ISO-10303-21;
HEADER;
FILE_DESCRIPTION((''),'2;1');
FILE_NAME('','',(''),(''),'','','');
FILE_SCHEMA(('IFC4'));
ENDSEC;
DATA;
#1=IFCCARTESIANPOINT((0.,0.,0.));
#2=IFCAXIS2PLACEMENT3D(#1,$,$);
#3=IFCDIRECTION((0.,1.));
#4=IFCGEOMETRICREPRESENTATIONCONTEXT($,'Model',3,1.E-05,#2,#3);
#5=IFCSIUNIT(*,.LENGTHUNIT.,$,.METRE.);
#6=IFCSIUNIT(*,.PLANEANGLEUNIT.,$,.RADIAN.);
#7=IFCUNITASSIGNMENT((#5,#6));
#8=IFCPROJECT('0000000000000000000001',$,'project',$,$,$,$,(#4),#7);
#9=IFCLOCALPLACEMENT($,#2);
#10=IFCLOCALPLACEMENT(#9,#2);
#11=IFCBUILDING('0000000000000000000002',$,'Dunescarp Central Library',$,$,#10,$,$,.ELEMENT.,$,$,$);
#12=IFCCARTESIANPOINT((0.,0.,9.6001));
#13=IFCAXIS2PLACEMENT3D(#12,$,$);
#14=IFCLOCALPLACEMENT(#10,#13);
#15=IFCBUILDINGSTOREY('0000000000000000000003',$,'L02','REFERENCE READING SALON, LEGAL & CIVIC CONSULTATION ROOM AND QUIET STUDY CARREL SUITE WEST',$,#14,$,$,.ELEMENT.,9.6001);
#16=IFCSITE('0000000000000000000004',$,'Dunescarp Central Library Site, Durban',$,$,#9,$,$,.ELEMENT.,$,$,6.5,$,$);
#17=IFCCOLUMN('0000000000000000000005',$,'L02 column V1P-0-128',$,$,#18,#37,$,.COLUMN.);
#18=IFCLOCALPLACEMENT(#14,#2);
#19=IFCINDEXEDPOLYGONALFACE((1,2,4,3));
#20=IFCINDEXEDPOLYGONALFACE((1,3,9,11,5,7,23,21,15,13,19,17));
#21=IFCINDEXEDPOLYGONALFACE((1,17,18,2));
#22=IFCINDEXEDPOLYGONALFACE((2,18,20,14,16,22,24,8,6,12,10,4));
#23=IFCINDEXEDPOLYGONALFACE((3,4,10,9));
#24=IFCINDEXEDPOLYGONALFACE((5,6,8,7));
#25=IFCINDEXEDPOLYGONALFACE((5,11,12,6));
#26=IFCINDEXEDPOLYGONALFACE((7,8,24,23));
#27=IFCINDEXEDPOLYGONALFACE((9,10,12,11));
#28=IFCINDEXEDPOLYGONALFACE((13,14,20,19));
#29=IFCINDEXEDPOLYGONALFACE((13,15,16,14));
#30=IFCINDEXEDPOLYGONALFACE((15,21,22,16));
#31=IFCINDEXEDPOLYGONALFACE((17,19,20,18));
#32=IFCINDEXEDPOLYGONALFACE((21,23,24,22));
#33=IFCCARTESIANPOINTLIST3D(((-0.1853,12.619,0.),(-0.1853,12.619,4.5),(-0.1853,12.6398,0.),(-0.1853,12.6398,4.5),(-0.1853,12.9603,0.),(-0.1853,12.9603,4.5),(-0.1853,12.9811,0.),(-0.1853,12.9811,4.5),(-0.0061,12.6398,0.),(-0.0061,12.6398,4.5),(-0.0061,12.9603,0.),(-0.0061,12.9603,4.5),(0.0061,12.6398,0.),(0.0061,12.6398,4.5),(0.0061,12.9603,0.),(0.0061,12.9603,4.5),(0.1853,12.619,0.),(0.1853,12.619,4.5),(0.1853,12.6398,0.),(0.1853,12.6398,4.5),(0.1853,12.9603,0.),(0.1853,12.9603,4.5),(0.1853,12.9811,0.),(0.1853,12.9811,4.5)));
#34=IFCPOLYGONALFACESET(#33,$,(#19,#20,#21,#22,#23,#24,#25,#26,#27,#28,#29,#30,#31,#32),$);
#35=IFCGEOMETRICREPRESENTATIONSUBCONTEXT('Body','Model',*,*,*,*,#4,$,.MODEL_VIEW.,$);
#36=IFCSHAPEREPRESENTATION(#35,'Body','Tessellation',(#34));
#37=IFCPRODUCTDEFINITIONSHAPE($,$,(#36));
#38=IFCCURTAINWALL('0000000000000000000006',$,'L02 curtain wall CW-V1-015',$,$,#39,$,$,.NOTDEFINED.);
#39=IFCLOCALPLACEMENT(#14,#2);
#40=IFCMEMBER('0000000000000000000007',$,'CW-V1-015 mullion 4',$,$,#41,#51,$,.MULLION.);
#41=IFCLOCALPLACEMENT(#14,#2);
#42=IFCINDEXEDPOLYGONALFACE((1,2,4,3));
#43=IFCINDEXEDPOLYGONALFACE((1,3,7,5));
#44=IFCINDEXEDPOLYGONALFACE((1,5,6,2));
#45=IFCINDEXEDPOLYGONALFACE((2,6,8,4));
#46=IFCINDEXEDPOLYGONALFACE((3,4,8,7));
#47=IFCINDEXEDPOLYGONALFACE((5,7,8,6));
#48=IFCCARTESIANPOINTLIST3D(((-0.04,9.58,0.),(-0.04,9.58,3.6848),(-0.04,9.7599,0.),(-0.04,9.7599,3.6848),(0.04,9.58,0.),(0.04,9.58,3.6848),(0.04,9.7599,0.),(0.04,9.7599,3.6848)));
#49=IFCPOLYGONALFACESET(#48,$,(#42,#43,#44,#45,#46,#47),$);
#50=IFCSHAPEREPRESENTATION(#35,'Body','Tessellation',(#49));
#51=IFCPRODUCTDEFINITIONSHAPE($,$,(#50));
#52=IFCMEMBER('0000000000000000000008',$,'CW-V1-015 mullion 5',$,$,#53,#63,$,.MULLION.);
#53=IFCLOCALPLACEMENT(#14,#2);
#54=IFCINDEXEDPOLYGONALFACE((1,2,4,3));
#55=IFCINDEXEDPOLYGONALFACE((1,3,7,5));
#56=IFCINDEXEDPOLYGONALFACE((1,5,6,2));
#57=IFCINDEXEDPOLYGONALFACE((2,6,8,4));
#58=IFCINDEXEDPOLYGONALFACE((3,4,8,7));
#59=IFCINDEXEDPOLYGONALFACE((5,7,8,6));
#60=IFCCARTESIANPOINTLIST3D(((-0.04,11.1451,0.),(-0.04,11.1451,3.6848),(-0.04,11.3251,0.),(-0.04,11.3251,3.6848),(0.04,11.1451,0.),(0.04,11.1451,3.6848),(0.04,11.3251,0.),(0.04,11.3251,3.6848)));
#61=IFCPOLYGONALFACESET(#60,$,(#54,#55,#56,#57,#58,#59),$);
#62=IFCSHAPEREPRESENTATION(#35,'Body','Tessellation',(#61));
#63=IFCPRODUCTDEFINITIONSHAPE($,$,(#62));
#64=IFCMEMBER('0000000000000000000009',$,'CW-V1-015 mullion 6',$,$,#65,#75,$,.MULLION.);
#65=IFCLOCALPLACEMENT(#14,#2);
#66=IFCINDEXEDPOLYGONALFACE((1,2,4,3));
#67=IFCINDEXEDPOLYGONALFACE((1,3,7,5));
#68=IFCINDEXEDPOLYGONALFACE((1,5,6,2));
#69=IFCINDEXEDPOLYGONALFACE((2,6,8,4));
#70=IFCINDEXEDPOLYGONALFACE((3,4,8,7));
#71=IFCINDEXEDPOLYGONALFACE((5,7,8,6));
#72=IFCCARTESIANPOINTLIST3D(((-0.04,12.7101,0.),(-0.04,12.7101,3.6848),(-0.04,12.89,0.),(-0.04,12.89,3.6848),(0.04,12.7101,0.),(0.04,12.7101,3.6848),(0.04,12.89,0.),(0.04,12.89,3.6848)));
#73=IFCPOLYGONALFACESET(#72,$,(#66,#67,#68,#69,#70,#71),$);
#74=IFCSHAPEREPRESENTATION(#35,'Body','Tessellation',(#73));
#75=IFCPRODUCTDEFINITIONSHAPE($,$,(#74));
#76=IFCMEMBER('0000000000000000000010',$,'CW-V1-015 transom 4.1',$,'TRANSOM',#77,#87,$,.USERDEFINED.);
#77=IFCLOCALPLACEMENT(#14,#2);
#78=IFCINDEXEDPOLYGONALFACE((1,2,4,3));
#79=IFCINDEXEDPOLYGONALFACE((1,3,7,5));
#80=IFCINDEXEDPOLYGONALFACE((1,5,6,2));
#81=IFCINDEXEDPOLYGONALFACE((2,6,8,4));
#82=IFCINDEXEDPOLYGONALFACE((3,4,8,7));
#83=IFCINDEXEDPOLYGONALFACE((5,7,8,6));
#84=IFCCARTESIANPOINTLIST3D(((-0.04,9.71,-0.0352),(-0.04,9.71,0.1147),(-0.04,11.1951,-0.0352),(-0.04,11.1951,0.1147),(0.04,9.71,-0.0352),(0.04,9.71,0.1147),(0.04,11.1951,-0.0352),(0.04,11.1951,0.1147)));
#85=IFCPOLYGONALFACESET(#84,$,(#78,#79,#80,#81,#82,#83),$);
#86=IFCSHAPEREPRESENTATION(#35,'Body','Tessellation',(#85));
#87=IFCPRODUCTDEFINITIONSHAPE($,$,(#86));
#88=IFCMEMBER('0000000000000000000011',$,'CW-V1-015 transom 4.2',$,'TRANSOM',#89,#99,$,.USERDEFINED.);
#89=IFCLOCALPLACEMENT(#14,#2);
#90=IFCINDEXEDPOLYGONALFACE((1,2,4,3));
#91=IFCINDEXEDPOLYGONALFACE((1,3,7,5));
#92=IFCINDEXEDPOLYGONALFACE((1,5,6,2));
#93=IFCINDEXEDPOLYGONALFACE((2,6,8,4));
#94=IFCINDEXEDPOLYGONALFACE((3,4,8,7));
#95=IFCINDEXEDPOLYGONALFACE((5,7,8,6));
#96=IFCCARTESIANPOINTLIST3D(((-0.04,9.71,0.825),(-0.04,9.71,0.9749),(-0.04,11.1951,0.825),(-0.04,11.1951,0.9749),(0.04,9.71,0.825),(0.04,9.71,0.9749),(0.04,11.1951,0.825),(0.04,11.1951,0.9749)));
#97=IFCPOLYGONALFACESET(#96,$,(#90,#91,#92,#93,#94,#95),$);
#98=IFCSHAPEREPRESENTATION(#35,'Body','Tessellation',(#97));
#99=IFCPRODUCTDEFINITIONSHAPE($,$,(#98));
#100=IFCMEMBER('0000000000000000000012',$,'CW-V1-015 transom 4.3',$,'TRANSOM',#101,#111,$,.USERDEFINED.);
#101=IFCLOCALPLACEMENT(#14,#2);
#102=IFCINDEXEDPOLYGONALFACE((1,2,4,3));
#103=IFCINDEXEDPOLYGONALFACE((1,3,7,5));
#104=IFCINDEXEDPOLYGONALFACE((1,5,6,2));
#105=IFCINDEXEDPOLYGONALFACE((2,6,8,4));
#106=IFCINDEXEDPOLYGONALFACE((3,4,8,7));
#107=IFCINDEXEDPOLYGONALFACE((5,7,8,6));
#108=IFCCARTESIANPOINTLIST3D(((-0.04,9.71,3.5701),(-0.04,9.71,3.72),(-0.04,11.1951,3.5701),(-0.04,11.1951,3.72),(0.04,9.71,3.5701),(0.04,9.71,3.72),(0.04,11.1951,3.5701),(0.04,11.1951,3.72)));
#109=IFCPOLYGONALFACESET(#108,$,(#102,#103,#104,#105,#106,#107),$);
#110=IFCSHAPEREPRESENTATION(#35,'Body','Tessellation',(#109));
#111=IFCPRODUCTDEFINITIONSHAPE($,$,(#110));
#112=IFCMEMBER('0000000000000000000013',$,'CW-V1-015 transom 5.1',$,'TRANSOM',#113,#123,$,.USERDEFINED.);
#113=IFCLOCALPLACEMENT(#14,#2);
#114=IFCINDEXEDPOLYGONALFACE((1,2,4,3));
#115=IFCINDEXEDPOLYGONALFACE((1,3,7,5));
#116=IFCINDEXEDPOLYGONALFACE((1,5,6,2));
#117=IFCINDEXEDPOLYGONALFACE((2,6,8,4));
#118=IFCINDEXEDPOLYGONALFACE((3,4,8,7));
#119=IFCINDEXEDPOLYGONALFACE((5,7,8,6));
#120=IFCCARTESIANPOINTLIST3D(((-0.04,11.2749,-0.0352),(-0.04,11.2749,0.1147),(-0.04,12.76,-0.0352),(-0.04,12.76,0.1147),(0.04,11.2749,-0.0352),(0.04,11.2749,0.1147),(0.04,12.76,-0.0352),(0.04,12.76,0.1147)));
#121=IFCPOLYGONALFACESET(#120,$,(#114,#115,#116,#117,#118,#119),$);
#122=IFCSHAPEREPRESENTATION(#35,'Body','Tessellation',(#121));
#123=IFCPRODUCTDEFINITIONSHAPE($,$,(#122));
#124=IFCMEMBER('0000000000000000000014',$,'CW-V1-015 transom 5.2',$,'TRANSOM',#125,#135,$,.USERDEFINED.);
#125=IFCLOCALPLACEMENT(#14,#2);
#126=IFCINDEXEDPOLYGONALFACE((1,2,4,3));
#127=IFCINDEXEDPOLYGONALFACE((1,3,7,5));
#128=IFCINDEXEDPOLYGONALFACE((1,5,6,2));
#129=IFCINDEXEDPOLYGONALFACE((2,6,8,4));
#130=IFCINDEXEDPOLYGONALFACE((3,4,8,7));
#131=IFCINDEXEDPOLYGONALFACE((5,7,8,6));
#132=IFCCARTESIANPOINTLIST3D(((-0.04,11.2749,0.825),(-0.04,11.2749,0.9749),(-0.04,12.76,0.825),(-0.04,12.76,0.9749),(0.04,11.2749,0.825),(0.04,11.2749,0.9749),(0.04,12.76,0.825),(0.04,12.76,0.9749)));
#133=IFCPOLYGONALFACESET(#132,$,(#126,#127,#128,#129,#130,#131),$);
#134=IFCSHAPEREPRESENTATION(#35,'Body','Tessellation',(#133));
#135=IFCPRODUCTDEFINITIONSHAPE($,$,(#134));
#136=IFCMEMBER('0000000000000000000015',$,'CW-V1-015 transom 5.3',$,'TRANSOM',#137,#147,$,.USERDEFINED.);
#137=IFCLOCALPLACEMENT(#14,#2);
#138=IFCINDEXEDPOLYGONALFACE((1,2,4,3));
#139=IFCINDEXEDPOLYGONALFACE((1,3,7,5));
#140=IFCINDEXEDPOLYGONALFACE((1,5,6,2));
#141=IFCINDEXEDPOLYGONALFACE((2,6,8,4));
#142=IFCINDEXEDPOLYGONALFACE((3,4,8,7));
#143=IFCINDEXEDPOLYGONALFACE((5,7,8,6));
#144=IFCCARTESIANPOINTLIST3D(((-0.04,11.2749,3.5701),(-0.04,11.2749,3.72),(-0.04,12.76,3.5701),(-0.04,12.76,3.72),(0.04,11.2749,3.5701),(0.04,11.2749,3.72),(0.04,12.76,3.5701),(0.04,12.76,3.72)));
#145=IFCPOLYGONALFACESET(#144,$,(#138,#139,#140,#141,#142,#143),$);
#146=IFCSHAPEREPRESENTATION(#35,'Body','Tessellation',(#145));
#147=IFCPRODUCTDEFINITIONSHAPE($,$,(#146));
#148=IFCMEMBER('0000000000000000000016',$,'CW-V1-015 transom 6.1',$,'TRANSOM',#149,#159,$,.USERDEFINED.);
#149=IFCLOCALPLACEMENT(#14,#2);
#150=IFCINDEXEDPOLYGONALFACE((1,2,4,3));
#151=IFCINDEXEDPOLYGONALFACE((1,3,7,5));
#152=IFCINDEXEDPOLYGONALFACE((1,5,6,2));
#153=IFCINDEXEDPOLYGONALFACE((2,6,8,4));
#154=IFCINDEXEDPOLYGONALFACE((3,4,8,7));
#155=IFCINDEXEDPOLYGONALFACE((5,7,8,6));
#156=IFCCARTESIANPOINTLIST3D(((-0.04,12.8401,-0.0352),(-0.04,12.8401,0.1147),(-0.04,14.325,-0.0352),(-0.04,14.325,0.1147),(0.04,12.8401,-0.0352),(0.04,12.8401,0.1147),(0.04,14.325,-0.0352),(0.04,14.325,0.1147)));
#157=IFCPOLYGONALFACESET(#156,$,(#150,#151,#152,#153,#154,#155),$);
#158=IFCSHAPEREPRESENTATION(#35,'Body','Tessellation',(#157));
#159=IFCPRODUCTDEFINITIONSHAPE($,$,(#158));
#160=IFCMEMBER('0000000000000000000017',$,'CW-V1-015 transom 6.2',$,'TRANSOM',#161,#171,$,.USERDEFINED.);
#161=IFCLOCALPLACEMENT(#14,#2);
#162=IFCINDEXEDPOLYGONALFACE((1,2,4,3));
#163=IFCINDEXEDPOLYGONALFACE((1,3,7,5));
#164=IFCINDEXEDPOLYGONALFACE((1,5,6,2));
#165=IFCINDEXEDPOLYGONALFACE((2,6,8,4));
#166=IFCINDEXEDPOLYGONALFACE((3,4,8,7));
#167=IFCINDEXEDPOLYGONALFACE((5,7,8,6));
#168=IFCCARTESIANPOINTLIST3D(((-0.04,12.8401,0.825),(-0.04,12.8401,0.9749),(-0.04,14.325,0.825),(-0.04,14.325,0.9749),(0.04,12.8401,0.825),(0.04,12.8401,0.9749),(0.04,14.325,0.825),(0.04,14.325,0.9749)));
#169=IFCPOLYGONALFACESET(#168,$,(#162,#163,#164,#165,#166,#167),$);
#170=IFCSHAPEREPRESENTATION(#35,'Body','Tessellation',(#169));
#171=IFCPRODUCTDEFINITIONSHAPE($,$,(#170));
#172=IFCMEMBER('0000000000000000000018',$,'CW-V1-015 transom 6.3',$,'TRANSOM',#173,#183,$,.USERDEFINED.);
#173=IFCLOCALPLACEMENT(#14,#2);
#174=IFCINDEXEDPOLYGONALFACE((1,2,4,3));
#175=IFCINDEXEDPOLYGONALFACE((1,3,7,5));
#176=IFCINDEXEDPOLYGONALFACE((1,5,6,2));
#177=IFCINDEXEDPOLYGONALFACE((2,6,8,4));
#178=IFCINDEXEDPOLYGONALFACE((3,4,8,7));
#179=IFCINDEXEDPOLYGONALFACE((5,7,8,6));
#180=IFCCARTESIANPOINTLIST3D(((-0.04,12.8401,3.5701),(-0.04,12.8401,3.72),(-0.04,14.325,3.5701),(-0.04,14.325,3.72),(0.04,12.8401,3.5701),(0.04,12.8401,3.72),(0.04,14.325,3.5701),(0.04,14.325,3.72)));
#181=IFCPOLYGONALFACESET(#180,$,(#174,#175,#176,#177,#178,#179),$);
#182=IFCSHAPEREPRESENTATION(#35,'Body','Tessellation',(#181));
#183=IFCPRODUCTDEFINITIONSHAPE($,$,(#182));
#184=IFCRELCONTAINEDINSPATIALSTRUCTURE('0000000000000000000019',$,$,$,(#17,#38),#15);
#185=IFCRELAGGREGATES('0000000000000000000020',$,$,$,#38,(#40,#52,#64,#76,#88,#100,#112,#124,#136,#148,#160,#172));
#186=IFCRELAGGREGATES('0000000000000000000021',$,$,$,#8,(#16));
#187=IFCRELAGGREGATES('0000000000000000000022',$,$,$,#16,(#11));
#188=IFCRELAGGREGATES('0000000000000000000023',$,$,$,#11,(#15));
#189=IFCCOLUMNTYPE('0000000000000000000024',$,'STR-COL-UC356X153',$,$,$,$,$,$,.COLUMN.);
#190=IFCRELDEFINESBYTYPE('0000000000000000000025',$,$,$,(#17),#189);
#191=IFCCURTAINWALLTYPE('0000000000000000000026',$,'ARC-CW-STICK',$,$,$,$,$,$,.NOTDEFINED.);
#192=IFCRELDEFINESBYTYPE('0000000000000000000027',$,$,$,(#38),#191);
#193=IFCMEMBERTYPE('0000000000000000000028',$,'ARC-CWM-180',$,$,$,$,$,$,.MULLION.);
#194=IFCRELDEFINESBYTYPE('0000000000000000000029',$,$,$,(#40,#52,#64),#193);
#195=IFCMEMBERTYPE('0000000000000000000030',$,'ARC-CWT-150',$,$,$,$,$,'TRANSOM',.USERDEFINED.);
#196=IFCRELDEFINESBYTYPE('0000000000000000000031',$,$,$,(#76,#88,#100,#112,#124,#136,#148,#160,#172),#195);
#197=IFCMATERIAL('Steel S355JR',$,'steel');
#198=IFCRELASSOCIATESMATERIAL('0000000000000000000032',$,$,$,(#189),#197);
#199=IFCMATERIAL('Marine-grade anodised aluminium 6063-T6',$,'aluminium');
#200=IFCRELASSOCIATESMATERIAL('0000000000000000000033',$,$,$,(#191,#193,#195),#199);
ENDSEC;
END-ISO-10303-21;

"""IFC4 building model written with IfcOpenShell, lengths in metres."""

from ifc_helpers import new_model, si_unit, direction, frame, origin, origin_2d, place, context, subcontext, project, spatial, rectangle, i_section, extrude, material, material_profile, profile_set, type_object, element, aggregate, save


model = new_model("IFC4")

# Units and contexts
model_context = context("Model", 3, precision=1e-05, world=origin(), true_north=direction((0.0, 1.0)))
body_context = subcontext(model_context, "Body", "Model", "MODEL_VIEW")
ifc_project = project(units=[si_unit("LENGTHUNIT", "METRE"), si_unit("PLANEANGLEUNIT", "RADIAN")], contexts=[model_context])

# Site, building, storey
site_placement = place(None, origin())
site = spatial("IfcSite", under=ifc_project, at=site_placement, Name="Dunescarp Central Library Site, Durban", CompositionType="ELEMENT", RefElevation=6.5)
building_placement = place(site_placement, origin())
building = spatial("IfcBuilding", under=site, at=building_placement, Name="Dunescarp Central Library", CompositionType="ELEMENT")
storey_placement = place(building_placement, frame((0.0, 0.0, 9.6001)))
storey = spatial("IfcBuildingStorey", under=building, at=storey_placement, Name="L02", Description="REFERENCE READING SALON, LEGAL & CIVIC CONSULTATION ROOM AND QUIET STUDY CARREL SUITE WEST", CompositionType="ELEMENT", Elevation=9.6001)

# Column
ifc_material_1 = material(Name="Steel S355JR", Category="steel")
ifc_material_profile_1 = material_profile(ifc_material_1, i_section(OverallWidth=0.3706, OverallDepth=0.3621, WebThickness=0.0122, FlangeThickness=0.0208, at=origin_2d()), Name="UC 356x368x153")
ifc_profile_set_1 = profile_set([ifc_material_profile_1], Name="Steel S355JR")
column_type = type_object("IfcColumnType", Name="STR-COL-UC356X153", PredefinedType="COLUMN", material=ifc_profile_set_1)
column_placement = place(storey_placement, frame((0.0, 12.8, 0.0), z_axis=(0.0, 0.0, 1.0), x_axis=(1.0, 0.0, 0.0)))
element("IfcColumn", 1, at=column_placement, inside=storey, type_object=column_type, Name="L02 column V1P-0-128", PredefinedType="COLUMN", context=body_context, shape_type="SweptSolid", body=[
    extrude(i_section(OverallWidth=0.3706, OverallDepth=0.3621, WebThickness=0.0122, FlangeThickness=0.0208, at=origin_2d()), origin(), (0.0, 0.0, 1.0), 4.5),
])

# Curtain wall, members
ifc_material_2 = material(Name="Marine-grade anodised aluminium 6063-T6", Category="aluminium")
curtain_wall_type = type_object("IfcCurtainWallType", Name="ARC-CW-STICK", PredefinedType="NOTDEFINED", material=ifc_material_2)
curtain_wall_placement = place(storey_placement, origin())
curtain_wall = element("IfcCurtainWall", 2, at=curtain_wall_placement, inside=storey, type_object=curtain_wall_type, Name="L02 curtain wall CW-V1-015", PredefinedType="NOTDEFINED")
ifc_material_profile_2 = material_profile(ifc_material_2, rectangle(XDim=0.0801, YDim=0.1799, at=origin_2d()), Name="AL 80x180")
ifc_profile_set_2 = profile_set([ifc_material_profile_2], Name="Marine-grade anodised aluminium 6063-T6")
member_type_1 = type_object("IfcMemberType", Name="ARC-CWM-180", PredefinedType="MULLION", material=ifc_profile_set_2)
member_1_placement = place(storey_placement, frame((0.0, 9.6699, 0.0), z_axis=(0.0, 0.0, 1.0), x_axis=(-1.0, 0.0, 0.0)))
member_1 = element("IfcMember", 3, at=member_1_placement, type_object=member_type_1, Name="CW-V1-015 mullion 4", PredefinedType="MULLION", context=body_context, shape_type="SweptSolid", body=[
    extrude(rectangle(XDim=0.0801, YDim=0.1799, at=origin_2d()), origin(), (0.0, 0.0, 1.0), 3.6848),
])
member_2_placement = place(storey_placement, frame((0.0, 11.2351, 0.0), z_axis=(0.0, 0.0, 1.0), x_axis=(-1.0, 0.0, 0.0)))
member_2 = element("IfcMember", 4, at=member_2_placement, type_object=member_type_1, Name="CW-V1-015 mullion 5", PredefinedType="MULLION", context=body_context, shape_type="SweptSolid", body=[
    extrude(rectangle(XDim=0.0801, YDim=0.1799, at=origin_2d()), origin(), (0.0, 0.0, 1.0), 3.6848),
])
member_3_placement = place(storey_placement, frame((0.0, 12.8, 0.0), z_axis=(0.0, 0.0, 1.0), x_axis=(-1.0, 0.0, 0.0)))
member_3 = element("IfcMember", 5, at=member_3_placement, type_object=member_type_1, Name="CW-V1-015 mullion 6", PredefinedType="MULLION", context=body_context, shape_type="SweptSolid", body=[
    extrude(rectangle(XDim=0.0801, YDim=0.1799, at=origin_2d()), origin(), (0.0, 0.0, 1.0), 3.6848),
])
ifc_material_profile_3 = material_profile(ifc_material_2, rectangle(XDim=0.0801, YDim=0.1499, at=origin_2d()), Name="AL 80x150")
ifc_profile_set_3 = profile_set([ifc_material_profile_3], Name="Marine-grade anodised aluminium 6063-T6")
member_type_2 = type_object("IfcMemberType", Name="ARC-CWT-150", ElementType="TRANSOM", PredefinedType="USERDEFINED", material=ifc_profile_set_3)
member_4_placement = place(storey_placement, frame((0.0, 9.71, 0.0398), z_axis=(0.0, 1.0, 0.0), x_axis=(-1.0, 0.0, 0.0)))
member_4 = element("IfcMember", 6, at=member_4_placement, type_object=member_type_2, Name="CW-V1-015 transom 4.1", ObjectType="TRANSOM", PredefinedType="USERDEFINED", context=body_context, shape_type="SweptSolid", body=[
    extrude(rectangle(XDim=0.0801, YDim=0.1499, at=origin_2d()), origin(), (0.0, 0.0, 1.0), 1.4851),
])
member_5_placement = place(storey_placement, frame((0.0, 9.71, 0.8999), z_axis=(0.0, 1.0, 0.0), x_axis=(-1.0, 0.0, 0.0)))
member_5 = element("IfcMember", 7, at=member_5_placement, type_object=member_type_2, Name="CW-V1-015 transom 4.2", ObjectType="TRANSOM", PredefinedType="USERDEFINED", context=body_context, shape_type="SweptSolid", body=[
    extrude(rectangle(XDim=0.0801, YDim=0.1499, at=origin_2d()), origin(), (0.0, 0.0, 1.0), 1.4851),
])
member_6_placement = place(storey_placement, frame((0.0, 9.71, 3.645), z_axis=(0.0, 1.0, 0.0), x_axis=(-1.0, 0.0, 0.0)))
member_6 = element("IfcMember", 8, at=member_6_placement, type_object=member_type_2, Name="CW-V1-015 transom 4.3", ObjectType="TRANSOM", PredefinedType="USERDEFINED", context=body_context, shape_type="SweptSolid", body=[
    extrude(rectangle(XDim=0.0801, YDim=0.1499, at=origin_2d()), origin(), (0.0, 0.0, 1.0), 1.4851),
])
member_7_placement = place(storey_placement, frame((0.0, 11.2749, 0.0398), z_axis=(0.0, 1.0, 0.0), x_axis=(-1.0, 0.0, 0.0)))
member_7 = element("IfcMember", 9, at=member_7_placement, type_object=member_type_2, Name="CW-V1-015 transom 5.1", ObjectType="TRANSOM", PredefinedType="USERDEFINED", context=body_context, shape_type="SweptSolid", body=[
    extrude(rectangle(XDim=0.0801, YDim=0.1499, at=origin_2d()), origin(), (0.0, 0.0, 1.0), 1.4851),
])
member_8_placement = place(storey_placement, frame((0.0, 11.2749, 0.8999), z_axis=(0.0, 1.0, 0.0), x_axis=(-1.0, 0.0, 0.0)))
member_8 = element("IfcMember", 10, at=member_8_placement, type_object=member_type_2, Name="CW-V1-015 transom 5.2", ObjectType="TRANSOM", PredefinedType="USERDEFINED", context=body_context, shape_type="SweptSolid", body=[
    extrude(rectangle(XDim=0.0801, YDim=0.1499, at=origin_2d()), origin(), (0.0, 0.0, 1.0), 1.4851),
])
member_9_placement = place(storey_placement, frame((0.0, 11.2749, 3.645), z_axis=(0.0, 1.0, 0.0), x_axis=(-1.0, 0.0, 0.0)))
member_9 = element("IfcMember", 11, at=member_9_placement, type_object=member_type_2, Name="CW-V1-015 transom 5.3", ObjectType="TRANSOM", PredefinedType="USERDEFINED", context=body_context, shape_type="SweptSolid", body=[
    extrude(rectangle(XDim=0.0801, YDim=0.1499, at=origin_2d()), origin(), (0.0, 0.0, 1.0), 1.4851),
])
member_10_placement = place(storey_placement, frame((0.0, 12.8401, 0.0398), z_axis=(0.0, 1.0, 0.0), x_axis=(-1.0, 0.0, 0.0)))
member_10 = element("IfcMember", 12, at=member_10_placement, type_object=member_type_2, Name="CW-V1-015 transom 6.1", ObjectType="TRANSOM", PredefinedType="USERDEFINED", context=body_context, shape_type="SweptSolid", body=[
    extrude(rectangle(XDim=0.0801, YDim=0.1499, at=origin_2d()), origin(), (0.0, 0.0, 1.0), 1.4849),
])
member_11_placement = place(storey_placement, frame((0.0, 12.8401, 0.8999), z_axis=(0.0, 1.0, 0.0), x_axis=(-1.0, 0.0, 0.0)))
member_11 = element("IfcMember", 13, at=member_11_placement, type_object=member_type_2, Name="CW-V1-015 transom 6.2", ObjectType="TRANSOM", PredefinedType="USERDEFINED", context=body_context, shape_type="SweptSolid", body=[
    extrude(rectangle(XDim=0.0801, YDim=0.1499, at=origin_2d()), origin(), (0.0, 0.0, 1.0), 1.4849),
])
member_12_placement = place(storey_placement, frame((0.0, 12.8401, 3.645), z_axis=(0.0, 1.0, 0.0), x_axis=(-1.0, 0.0, 0.0)))
member_12 = element("IfcMember", 14, at=member_12_placement, type_object=member_type_2, Name="CW-V1-015 transom 6.3", ObjectType="TRANSOM", PredefinedType="USERDEFINED", context=body_context, shape_type="SweptSolid", body=[
    extrude(rectangle(XDim=0.0801, YDim=0.1499, at=origin_2d()), origin(), (0.0, 0.0, 1.0), 1.4849),
])
aggregate(curtain_wall, [member_1, member_2, member_3, member_4, member_5, member_6, member_7, member_8, member_9, member_10, member_11, member_12])

save(model, "model.ifc")
